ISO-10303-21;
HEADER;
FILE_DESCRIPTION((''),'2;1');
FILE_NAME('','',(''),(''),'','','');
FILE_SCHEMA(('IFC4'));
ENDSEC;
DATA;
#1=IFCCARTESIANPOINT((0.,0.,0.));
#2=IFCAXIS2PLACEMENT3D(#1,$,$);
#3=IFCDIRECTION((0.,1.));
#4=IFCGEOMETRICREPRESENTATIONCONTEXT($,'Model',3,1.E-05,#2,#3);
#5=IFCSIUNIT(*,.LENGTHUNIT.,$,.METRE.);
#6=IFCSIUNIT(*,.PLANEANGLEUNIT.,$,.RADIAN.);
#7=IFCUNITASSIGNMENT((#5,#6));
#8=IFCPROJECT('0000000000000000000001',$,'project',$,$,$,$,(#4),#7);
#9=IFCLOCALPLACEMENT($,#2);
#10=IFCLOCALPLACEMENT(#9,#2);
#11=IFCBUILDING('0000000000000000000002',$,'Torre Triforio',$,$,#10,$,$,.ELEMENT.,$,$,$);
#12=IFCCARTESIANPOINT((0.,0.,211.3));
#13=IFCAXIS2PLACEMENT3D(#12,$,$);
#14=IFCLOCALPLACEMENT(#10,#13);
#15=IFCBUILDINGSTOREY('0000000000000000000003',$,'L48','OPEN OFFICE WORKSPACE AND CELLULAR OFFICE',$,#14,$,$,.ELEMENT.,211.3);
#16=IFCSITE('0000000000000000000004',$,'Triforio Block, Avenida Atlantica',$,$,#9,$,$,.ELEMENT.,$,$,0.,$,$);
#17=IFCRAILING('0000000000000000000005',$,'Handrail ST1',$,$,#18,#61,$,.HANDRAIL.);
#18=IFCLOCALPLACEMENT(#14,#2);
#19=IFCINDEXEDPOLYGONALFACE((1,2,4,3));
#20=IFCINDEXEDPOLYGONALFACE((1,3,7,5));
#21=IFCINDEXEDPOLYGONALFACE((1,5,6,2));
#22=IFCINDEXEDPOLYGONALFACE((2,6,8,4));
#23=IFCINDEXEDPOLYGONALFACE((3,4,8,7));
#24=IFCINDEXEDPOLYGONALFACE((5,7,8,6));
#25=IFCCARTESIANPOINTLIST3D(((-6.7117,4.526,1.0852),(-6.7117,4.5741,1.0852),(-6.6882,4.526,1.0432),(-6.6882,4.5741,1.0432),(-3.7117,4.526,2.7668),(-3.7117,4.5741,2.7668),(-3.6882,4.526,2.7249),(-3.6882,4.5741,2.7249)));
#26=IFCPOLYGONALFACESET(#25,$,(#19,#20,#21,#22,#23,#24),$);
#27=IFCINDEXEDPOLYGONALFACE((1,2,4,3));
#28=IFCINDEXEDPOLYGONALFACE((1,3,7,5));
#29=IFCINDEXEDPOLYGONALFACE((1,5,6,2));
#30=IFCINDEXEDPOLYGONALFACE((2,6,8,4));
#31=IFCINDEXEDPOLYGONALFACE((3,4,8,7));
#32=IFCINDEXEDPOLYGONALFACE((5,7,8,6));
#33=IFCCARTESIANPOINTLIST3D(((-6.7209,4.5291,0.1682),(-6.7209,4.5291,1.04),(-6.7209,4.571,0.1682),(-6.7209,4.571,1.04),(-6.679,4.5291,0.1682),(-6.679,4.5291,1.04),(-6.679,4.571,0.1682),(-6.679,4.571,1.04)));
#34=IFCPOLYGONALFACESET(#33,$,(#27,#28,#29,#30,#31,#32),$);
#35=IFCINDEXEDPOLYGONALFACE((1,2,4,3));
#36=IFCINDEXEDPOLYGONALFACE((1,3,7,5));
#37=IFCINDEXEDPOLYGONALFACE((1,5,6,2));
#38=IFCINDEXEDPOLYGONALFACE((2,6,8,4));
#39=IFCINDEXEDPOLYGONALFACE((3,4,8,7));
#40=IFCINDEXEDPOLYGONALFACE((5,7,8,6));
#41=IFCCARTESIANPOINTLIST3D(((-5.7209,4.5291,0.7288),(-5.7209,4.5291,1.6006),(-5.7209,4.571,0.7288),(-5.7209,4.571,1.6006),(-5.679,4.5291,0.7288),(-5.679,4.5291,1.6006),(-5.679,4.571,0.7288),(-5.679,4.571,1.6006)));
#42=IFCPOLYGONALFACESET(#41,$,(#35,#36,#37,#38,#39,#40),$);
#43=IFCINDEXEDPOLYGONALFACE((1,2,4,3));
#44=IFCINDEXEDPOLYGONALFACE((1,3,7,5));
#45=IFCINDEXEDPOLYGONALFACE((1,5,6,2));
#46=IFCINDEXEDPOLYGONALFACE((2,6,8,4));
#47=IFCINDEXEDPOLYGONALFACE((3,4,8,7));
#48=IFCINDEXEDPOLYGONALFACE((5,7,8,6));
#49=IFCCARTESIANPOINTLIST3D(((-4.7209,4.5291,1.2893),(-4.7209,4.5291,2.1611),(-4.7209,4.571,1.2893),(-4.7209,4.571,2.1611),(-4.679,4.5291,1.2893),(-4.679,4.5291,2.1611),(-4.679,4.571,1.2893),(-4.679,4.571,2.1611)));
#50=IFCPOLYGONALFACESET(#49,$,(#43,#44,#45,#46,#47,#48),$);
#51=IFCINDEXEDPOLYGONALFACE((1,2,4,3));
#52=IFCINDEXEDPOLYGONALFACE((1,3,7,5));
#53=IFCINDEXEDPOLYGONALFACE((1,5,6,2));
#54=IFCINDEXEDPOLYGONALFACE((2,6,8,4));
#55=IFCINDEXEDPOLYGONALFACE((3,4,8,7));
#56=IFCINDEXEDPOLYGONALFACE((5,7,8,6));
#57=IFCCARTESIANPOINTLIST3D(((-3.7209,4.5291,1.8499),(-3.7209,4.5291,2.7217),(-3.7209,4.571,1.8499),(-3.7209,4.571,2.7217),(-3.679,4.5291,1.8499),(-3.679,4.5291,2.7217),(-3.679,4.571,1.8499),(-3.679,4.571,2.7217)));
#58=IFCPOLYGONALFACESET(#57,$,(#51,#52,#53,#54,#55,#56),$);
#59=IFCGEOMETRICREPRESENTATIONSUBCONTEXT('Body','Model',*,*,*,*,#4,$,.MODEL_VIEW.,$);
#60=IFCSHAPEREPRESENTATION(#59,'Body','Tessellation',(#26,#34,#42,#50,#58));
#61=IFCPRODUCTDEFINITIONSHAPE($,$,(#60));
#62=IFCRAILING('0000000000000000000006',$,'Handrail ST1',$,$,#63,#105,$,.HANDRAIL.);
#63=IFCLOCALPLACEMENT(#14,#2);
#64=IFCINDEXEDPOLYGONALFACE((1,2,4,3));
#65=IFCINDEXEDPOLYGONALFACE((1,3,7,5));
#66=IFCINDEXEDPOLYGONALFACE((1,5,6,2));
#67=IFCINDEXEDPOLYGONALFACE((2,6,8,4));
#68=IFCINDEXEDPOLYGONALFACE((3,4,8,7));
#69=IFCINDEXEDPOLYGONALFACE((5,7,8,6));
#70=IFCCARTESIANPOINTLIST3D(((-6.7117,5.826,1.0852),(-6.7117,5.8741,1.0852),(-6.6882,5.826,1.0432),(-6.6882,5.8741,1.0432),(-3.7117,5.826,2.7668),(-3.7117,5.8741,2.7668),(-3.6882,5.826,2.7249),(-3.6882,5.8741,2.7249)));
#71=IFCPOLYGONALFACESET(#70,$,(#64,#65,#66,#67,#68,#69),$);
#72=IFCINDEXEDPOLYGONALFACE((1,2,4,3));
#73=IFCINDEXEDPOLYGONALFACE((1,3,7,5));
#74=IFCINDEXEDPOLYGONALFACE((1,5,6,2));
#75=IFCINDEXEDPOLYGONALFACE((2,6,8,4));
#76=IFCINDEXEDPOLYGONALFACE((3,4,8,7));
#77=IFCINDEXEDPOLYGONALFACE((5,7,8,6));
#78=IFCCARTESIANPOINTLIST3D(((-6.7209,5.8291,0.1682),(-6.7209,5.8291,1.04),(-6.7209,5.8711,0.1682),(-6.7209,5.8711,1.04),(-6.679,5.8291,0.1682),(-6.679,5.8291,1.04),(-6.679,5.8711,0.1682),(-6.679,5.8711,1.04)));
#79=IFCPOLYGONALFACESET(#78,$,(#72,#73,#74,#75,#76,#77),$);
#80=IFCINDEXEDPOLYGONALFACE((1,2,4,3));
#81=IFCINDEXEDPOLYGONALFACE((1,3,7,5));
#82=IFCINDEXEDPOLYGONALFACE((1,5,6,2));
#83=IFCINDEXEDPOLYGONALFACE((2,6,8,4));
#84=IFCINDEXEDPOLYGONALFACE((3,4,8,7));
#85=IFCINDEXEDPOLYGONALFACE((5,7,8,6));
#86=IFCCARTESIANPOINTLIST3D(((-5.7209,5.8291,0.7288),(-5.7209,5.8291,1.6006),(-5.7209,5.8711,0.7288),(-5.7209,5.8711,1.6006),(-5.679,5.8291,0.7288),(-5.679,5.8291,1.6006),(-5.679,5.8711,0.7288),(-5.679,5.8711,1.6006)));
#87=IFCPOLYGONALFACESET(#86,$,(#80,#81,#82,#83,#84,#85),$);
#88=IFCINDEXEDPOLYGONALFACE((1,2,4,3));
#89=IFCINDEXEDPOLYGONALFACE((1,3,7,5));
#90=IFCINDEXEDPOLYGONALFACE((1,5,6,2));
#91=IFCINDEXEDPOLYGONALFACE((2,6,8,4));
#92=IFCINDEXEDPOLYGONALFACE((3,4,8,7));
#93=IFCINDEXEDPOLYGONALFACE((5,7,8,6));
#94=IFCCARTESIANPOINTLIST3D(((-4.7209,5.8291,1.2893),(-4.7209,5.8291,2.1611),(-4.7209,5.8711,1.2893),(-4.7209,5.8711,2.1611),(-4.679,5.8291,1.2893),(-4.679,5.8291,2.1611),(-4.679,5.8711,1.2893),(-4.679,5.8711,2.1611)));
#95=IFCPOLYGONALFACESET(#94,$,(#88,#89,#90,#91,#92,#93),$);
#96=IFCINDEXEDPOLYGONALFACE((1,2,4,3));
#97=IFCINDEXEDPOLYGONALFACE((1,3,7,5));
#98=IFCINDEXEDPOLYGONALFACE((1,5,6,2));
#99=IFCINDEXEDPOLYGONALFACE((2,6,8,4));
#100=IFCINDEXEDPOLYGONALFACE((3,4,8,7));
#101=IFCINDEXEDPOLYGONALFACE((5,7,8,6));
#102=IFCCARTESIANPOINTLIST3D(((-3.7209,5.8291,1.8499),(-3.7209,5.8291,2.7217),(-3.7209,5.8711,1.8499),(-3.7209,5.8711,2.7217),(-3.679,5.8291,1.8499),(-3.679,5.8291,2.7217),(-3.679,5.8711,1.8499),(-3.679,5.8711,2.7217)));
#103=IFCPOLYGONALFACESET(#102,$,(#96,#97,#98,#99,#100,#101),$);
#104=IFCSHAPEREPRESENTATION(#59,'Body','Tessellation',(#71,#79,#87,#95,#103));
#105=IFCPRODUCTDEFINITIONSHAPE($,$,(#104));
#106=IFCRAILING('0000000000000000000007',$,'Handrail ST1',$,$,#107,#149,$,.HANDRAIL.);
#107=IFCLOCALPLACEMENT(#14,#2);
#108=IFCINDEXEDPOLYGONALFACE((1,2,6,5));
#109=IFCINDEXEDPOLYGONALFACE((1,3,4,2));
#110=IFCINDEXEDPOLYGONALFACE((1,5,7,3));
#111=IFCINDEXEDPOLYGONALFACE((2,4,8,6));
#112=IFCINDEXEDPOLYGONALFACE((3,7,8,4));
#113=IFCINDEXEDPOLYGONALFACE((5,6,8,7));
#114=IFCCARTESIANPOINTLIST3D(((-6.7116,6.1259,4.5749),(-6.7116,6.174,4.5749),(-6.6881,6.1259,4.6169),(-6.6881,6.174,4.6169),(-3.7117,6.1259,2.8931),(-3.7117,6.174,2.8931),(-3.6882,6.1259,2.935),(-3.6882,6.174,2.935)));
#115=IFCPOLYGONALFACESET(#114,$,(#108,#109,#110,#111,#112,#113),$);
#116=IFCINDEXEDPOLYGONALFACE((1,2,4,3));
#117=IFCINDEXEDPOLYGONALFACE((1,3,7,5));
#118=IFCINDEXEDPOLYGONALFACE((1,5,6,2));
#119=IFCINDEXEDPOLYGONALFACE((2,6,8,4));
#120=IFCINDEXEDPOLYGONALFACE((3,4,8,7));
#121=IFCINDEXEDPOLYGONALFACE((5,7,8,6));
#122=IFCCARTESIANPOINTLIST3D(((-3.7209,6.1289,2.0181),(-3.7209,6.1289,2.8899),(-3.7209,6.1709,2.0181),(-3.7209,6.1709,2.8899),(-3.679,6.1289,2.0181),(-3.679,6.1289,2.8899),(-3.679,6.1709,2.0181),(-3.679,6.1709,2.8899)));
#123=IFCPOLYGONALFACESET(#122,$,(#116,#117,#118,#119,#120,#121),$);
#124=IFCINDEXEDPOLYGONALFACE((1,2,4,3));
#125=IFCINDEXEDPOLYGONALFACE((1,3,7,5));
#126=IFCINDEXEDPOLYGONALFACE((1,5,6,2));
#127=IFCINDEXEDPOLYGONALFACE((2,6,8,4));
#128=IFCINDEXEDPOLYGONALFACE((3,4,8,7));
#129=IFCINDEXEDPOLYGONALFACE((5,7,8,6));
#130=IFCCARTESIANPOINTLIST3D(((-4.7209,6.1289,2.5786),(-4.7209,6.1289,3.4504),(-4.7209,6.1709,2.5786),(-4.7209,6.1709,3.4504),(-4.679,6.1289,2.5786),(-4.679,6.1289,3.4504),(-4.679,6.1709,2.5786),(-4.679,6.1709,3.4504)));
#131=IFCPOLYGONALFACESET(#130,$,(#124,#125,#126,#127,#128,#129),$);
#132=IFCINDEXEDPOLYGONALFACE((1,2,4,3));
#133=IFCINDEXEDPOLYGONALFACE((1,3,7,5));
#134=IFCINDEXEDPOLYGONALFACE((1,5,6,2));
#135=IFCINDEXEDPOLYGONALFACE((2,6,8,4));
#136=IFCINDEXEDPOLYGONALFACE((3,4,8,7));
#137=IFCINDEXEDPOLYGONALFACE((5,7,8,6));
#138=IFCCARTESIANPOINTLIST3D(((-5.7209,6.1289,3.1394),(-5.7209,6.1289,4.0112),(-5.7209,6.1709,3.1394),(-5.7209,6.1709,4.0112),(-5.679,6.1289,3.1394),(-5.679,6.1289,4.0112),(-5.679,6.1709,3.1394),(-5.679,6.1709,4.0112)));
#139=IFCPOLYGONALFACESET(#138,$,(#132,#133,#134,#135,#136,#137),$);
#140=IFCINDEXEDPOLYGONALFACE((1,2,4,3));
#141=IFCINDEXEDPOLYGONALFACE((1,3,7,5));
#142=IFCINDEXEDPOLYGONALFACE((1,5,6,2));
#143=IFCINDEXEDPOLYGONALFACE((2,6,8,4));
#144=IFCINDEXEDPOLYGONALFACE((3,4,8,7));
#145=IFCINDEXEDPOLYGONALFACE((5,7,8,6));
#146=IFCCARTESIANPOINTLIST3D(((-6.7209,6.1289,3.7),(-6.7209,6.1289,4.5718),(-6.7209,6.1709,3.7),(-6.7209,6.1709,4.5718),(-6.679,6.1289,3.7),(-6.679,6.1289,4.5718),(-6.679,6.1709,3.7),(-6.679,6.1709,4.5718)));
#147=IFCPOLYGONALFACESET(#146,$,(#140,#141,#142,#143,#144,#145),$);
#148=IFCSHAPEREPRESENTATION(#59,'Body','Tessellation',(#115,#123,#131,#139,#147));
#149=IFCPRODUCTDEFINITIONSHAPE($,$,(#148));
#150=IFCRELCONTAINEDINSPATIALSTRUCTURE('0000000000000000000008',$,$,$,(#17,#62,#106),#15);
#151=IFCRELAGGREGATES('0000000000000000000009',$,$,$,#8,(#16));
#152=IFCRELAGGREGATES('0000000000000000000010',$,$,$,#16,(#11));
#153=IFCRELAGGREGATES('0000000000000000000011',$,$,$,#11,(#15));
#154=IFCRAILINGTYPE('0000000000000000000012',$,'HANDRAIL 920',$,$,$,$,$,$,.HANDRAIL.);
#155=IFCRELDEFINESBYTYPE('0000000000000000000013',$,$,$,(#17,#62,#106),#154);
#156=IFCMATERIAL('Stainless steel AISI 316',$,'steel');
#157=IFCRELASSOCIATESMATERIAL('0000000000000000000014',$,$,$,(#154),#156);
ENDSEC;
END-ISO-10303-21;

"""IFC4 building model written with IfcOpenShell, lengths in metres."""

from ifc_helpers import new_model, si_unit, direction, frame, origin, origin_2d, place, context, subcontext, project, spatial, rectangle, extrude, material, type_object, element, save


model = new_model("IFC4")

# Units and contexts
model_context = context("Model", 3, precision=1e-05, world=origin(), true_north=direction((0.0, 1.0)))
body_context = subcontext(model_context, "Body", "Model", "MODEL_VIEW")
ifc_project = project(units=[si_unit("LENGTHUNIT", "METRE"), si_unit("PLANEANGLEUNIT", "RADIAN")], contexts=[model_context])

# Site, building, storey
site_placement = place(None, origin())
site = spatial("IfcSite", under=ifc_project, at=site_placement, Name="Triforio Block, Avenida Atlantica", CompositionType="ELEMENT", RefElevation=0.0)
building_placement = place(site_placement, origin())
building = spatial("IfcBuilding", under=site, at=building_placement, Name="Torre Triforio", CompositionType="ELEMENT")
storey_placement = place(building_placement, frame((0.0, 0.0, 211.3)))
storey = spatial("IfcBuildingStorey", under=building, at=storey_placement, Name="L48", Description="OPEN OFFICE WORKSPACE AND CELLULAR OFFICE", CompositionType="ELEMENT", Elevation=211.3)

# Railings
ifc_material_1 = material(Name="Stainless steel AISI 316", Category="steel")
railing_type = type_object("IfcRailingType", Name="HANDRAIL 920", PredefinedType="HANDRAIL", material=ifc_material_1)
for number, where, name in (
    (1, (-6.7, 4.55, 0.1682), "Handrail ST1"),
    (2, (-6.7, 5.8501, 0.1682), "Handrail ST1"),
):
    element("IfcRailing", number, at=place(storey_placement, frame(where)), inside=storey, type_object=railing_type, Name=name, PredefinedType="HANDRAIL", context=body_context, shape_type="SweptSolid", body=[
        extrude(rectangle(XDim=0.0481, YDim=0.0481, at=origin_2d()), frame((0.0, 0.0, 0.896), z_axis=(0.872303, 0.0, 0.488966), x_axis=(0.0, 1.0, 0.0)), (0.0, 0.0, 1.0), 3.4392),
        extrude(rectangle(XDim=0.042, YDim=0.042, at=origin_2d()), origin(), (0.0, 0.0, 1.0), 0.8718),
        extrude(rectangle(XDim=0.042, YDim=0.042, at=origin_2d()), frame((1.0, 0.0, 0.5605)), (0.0, 0.0, 1.0), 0.8718),
        extrude(rectangle(XDim=0.042, YDim=0.042, at=origin_2d()), frame((2.0, 0.0, 1.1211)), (0.0, 0.0, 1.0), 0.8718),
        extrude(rectangle(XDim=0.042, YDim=0.042, at=origin_2d()), frame((3.0, 0.0, 1.6816)), (0.0, 0.0, 1.0), 0.8718),
    ])
railing_placement = place(storey_placement, frame((-3.7, 6.1499, 2.0181)))
element("IfcRailing", 3, at=railing_placement, inside=storey, type_object=railing_type, Name="Handrail ST1", PredefinedType="HANDRAIL", context=body_context, shape_type="SweptSolid", body=[
    extrude(rectangle(XDim=0.0481, YDim=0.0481, at=origin_2d()), frame((0.0, 0.0, 0.896), z_axis=(-0.872272, 0.0, 0.48902), x_axis=(0.0, -1.0, 0.0)), (0.0, 0.0, 1.0), 3.4392),
    extrude(rectangle(XDim=0.042, YDim=0.042, at=origin_2d()), origin(), (0.0, 0.0, 1.0), 0.8718),
    extrude(rectangle(XDim=0.042, YDim=0.042, at=origin_2d()), frame((-1.0, 0.0, 0.5605)), (0.0, 0.0, 1.0), 0.8718),
    extrude(rectangle(XDim=0.042, YDim=0.042, at=origin_2d()), frame((-2.0, 0.0, 1.1213)), (0.0, 0.0, 1.0), 0.8718),
    extrude(rectangle(XDim=0.042, YDim=0.042, at=origin_2d()), frame((-3.0, 0.0, 1.6819)), (0.0, 0.0, 1.0), 0.8718),
])

save(model, "model.ifc")
